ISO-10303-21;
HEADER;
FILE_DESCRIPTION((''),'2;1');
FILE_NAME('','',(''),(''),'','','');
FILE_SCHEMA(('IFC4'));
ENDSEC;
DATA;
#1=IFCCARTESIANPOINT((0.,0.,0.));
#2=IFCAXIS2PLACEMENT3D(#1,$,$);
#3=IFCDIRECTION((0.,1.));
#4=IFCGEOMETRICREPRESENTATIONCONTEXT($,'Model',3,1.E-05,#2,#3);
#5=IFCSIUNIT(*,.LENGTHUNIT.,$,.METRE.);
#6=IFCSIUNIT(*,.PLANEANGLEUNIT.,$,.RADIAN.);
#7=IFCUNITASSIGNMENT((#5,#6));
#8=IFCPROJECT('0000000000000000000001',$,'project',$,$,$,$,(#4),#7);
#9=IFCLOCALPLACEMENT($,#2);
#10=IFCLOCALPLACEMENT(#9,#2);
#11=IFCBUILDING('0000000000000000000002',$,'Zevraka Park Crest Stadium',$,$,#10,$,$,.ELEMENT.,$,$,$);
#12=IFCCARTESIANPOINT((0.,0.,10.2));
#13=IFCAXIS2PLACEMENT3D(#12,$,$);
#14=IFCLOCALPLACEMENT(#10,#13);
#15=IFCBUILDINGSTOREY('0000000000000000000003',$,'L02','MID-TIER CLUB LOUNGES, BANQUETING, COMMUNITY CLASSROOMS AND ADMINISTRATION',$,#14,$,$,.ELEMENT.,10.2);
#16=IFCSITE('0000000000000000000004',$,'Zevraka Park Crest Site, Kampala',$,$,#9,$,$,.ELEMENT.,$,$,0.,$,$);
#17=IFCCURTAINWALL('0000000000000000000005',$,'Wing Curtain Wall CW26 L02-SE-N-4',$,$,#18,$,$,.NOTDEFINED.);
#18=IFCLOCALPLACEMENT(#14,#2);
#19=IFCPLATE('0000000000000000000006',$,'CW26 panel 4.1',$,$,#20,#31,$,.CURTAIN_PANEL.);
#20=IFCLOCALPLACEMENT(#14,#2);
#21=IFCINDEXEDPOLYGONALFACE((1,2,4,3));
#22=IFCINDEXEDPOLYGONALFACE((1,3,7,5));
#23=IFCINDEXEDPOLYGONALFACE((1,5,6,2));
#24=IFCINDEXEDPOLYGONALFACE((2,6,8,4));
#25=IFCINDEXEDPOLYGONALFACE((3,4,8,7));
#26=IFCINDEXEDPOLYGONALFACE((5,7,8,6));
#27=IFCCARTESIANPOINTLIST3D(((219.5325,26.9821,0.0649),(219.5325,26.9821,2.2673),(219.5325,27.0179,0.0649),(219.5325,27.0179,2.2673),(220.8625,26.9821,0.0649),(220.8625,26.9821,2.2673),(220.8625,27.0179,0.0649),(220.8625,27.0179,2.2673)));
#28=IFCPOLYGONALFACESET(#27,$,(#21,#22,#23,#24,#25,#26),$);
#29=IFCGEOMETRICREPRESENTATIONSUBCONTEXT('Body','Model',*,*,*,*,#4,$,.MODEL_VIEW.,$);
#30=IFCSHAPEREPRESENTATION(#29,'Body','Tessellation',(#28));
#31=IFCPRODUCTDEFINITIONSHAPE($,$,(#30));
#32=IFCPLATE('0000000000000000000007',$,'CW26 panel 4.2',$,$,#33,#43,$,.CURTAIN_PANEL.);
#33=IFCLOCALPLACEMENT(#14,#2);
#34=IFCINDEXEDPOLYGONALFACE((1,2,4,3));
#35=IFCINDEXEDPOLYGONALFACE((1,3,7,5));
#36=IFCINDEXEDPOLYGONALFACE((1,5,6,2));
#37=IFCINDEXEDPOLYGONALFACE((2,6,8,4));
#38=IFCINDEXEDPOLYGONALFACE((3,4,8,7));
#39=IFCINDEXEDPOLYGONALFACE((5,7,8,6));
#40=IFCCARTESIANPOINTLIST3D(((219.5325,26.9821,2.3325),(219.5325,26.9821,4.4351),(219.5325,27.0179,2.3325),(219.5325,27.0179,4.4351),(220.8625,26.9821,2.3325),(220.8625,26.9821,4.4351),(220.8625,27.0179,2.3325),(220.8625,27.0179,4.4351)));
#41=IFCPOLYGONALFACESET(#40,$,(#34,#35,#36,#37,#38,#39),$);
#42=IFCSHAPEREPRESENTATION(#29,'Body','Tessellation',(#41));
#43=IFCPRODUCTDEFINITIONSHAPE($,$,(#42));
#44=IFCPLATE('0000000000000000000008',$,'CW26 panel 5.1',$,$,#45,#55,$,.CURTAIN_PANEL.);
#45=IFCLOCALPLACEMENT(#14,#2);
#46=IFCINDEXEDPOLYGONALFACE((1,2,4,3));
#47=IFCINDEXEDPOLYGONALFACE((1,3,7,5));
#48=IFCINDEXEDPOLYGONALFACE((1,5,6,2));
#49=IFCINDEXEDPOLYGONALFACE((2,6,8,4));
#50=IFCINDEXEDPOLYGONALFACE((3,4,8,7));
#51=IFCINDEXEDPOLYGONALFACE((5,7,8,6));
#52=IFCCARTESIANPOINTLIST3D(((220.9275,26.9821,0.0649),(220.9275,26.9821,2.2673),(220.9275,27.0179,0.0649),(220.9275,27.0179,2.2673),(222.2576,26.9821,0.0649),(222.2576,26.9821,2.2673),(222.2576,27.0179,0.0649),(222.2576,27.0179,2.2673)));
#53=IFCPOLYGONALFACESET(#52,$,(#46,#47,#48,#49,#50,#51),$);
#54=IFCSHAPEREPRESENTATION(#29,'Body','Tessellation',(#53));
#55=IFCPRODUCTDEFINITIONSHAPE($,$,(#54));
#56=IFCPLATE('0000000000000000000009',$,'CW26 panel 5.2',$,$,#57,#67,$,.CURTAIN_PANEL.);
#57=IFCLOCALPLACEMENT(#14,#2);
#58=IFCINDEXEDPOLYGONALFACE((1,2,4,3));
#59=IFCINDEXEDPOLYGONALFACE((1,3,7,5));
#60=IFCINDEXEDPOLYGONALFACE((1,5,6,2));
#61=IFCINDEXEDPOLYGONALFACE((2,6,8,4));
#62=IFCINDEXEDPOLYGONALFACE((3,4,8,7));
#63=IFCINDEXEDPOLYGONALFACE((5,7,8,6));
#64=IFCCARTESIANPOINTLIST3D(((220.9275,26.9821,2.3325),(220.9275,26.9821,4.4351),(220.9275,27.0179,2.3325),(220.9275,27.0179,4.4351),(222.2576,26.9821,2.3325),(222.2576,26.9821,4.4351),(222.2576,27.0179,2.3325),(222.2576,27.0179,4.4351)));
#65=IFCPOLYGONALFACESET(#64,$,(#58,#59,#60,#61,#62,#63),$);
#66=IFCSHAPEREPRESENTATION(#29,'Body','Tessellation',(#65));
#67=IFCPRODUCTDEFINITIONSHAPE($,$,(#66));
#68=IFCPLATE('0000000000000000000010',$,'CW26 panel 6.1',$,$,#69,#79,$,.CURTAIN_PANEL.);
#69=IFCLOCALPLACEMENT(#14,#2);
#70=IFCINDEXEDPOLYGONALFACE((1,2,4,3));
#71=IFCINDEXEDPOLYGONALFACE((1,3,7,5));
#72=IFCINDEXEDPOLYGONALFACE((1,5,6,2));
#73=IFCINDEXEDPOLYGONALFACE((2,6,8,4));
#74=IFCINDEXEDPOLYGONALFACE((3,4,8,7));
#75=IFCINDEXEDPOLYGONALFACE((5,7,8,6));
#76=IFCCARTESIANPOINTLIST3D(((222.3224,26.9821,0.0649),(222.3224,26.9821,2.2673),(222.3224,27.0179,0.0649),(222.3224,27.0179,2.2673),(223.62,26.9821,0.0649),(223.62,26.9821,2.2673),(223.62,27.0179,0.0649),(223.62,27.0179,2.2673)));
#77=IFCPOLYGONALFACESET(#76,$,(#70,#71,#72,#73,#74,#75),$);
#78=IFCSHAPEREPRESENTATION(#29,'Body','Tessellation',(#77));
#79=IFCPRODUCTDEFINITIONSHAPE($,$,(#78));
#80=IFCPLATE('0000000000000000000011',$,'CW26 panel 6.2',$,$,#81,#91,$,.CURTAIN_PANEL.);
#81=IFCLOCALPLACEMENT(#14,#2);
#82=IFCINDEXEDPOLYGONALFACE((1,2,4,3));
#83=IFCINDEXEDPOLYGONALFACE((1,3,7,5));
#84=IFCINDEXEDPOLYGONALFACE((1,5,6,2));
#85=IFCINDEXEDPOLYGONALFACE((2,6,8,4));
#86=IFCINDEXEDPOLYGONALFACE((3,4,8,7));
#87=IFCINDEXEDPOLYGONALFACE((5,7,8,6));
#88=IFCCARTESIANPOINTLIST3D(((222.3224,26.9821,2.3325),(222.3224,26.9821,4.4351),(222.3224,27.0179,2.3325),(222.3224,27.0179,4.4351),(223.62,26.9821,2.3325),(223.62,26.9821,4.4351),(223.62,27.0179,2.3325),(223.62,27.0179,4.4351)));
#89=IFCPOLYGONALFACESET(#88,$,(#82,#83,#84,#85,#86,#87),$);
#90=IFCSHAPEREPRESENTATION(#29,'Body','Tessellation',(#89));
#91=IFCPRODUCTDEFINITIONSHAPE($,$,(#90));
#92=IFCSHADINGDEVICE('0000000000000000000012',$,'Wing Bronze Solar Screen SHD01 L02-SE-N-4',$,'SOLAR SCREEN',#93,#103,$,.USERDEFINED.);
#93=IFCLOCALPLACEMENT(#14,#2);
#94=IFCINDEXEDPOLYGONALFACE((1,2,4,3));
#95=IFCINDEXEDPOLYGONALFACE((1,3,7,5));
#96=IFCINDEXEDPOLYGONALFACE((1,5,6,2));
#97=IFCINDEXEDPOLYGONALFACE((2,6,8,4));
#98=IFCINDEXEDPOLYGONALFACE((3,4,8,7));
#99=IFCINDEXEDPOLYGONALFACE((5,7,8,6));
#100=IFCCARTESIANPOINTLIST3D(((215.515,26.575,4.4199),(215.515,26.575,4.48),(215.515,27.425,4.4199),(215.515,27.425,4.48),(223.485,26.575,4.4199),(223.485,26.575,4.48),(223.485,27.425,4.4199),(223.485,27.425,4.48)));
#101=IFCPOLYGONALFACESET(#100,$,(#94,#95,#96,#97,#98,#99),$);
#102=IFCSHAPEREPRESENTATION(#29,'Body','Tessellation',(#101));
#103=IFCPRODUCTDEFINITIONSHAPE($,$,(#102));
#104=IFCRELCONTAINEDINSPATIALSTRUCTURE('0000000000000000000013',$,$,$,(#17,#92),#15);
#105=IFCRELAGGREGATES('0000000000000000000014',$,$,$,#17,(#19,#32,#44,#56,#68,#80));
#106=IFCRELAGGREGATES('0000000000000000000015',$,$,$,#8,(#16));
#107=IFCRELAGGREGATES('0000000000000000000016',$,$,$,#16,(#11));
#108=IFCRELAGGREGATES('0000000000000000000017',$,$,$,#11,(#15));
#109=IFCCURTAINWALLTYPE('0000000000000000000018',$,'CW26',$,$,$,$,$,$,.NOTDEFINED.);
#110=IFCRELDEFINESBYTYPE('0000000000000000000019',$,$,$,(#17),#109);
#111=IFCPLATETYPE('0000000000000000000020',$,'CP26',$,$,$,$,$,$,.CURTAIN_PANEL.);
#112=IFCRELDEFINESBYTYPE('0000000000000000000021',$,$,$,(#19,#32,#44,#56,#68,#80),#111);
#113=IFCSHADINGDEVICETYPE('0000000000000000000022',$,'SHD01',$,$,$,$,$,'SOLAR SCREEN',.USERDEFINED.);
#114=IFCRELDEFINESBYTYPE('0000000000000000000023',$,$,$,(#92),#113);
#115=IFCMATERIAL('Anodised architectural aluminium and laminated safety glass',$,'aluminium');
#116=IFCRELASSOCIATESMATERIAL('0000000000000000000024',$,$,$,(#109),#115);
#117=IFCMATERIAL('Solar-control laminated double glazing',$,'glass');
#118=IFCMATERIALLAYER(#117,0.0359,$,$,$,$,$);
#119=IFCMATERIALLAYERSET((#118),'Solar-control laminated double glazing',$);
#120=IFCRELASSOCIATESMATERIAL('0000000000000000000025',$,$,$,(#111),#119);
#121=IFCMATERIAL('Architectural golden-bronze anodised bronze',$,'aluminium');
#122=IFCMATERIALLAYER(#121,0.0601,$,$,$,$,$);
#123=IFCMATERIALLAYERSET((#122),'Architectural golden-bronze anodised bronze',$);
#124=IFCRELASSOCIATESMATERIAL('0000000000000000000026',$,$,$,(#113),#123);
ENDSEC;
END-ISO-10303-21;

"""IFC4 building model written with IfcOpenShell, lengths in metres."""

from ifc_helpers import new_model, si_unit, direction, frame, origin, origin_2d, place, context, subcontext, project, spatial, rectangle, extrude, material, layer, layer_set, type_object, element, aggregate, save


model = new_model("IFC4")

# Units and contexts
model_context = context("Model", 3, precision=1e-05, world=origin(), true_north=direction((0.0, 1.0)))
body_context = subcontext(model_context, "Body", "Model", "MODEL_VIEW")
ifc_project = project(units=[si_unit("LENGTHUNIT", "METRE"), si_unit("PLANEANGLEUNIT", "RADIAN")], contexts=[model_context])

# Site, building, storey
site_placement = place(None, origin())
site = spatial("IfcSite", under=ifc_project, at=site_placement, Name="Zevraka Park Crest Site, Kampala", CompositionType="ELEMENT", RefElevation=0.0)
building_placement = place(site_placement, origin())
building = spatial("IfcBuilding", under=site, at=building_placement, Name="Zevraka Park Crest Stadium", CompositionType="ELEMENT")
storey_placement = place(building_placement, frame((0.0, 0.0, 10.2)))
storey = spatial("IfcBuildingStorey", under=building, at=storey_placement, Name="L02", Description="MID-TIER CLUB LOUNGES, BANQUETING, COMMUNITY CLASSROOMS AND ADMINISTRATION", CompositionType="ELEMENT", Elevation=10.2)

# Curtain wall, plates
ifc_material_1 = material(Name="Anodised architectural aluminium and laminated safety glass", Category="aluminium")
curtain_wall_type = type_object("IfcCurtainWallType", Name="CW26", PredefinedType="NOTDEFINED", material=ifc_material_1)
curtain_wall_placement = place(storey_placement, origin())
curtain_wall = element("IfcCurtainWall", 1, at=curtain_wall_placement, inside=storey, type_object=curtain_wall_type, Name="Wing Curtain Wall CW26 L02-SE-N-4", PredefinedType="NOTDEFINED")
ifc_material_2 = material(Name="Solar-control laminated double glazing", Category="glass")
ifc_layer_1 = layer(ifc_material_2, 0.0359)
ifc_layer_set_1 = layer_set([ifc_layer_1], Name="Solar-control laminated double glazing")
plate_type = type_object("IfcPlateType", Name="CP26", PredefinedType="CURTAIN_PANEL", material=ifc_layer_set_1)
plate_1_placement = place(storey_placement, frame((220.1975, 27.0, 0.0649), z_axis=(0.0, 0.0, 1.0), x_axis=(1.0, 0.0, 0.0)))
plate_1 = element("IfcPlate", 2, at=plate_1_placement, type_object=plate_type, Name="CW26 panel 4.1", PredefinedType="CURTAIN_PANEL", context=body_context, shape_type="SweptSolid", body=[
    extrude(rectangle(XDim=1.3301, YDim=0.0359, at=origin_2d()), origin(), (0.0, 0.0, 1.0), 2.2024),
])
plate_2_placement = place(storey_placement, frame((220.1975, 27.0, 2.3325), z_axis=(0.0, 0.0, 1.0), x_axis=(1.0, 0.0, 0.0)))
plate_2 = element("IfcPlate", 3, at=plate_2_placement, type_object=plate_type, Name="CW26 panel 4.2", PredefinedType="CURTAIN_PANEL", context=body_context, shape_type="SweptSolid", body=[
    extrude(rectangle(XDim=1.3301, YDim=0.0359, at=origin_2d()), origin(), (0.0, 0.0, 1.0), 2.1025),
])
plate_3_placement = place(storey_placement, frame((221.5925, 27.0, 0.0649), z_axis=(0.0, 0.0, 1.0), x_axis=(1.0, 0.0, 0.0)))
plate_3 = element("IfcPlate", 4, at=plate_3_placement, type_object=plate_type, Name="CW26 panel 5.1", PredefinedType="CURTAIN_PANEL", context=body_context, shape_type="SweptSolid", body=[
    extrude(rectangle(XDim=1.3301, YDim=0.0359, at=origin_2d()), origin(), (0.0, 0.0, 1.0), 2.2024),
])
plate_4_placement = place(storey_placement, frame((221.5925, 27.0, 2.3325), z_axis=(0.0, 0.0, 1.0), x_axis=(1.0, 0.0, 0.0)))
plate_4 = element("IfcPlate", 5, at=plate_4_placement, type_object=plate_type, Name="CW26 panel 5.2", PredefinedType="CURTAIN_PANEL", context=body_context, shape_type="SweptSolid", body=[
    extrude(rectangle(XDim=1.3301, YDim=0.0359, at=origin_2d()), origin(), (0.0, 0.0, 1.0), 2.1025),
])
plate_5_placement = place(storey_placement, frame((222.9712, 27.0, 0.0649), z_axis=(0.0, 0.0, 1.0), x_axis=(1.0, 0.0, 0.0)))
plate_5 = element("IfcPlate", 6, at=plate_5_placement, type_object=plate_type, Name="CW26 panel 6.1", PredefinedType="CURTAIN_PANEL", context=body_context, shape_type="SweptSolid", body=[
    extrude(rectangle(XDim=1.2976, YDim=0.0359, at=origin_2d()), origin(), (0.0, 0.0, 1.0), 2.2024),
])
plate_6_placement = place(storey_placement, frame((222.9712, 27.0, 2.3325), z_axis=(0.0, 0.0, 1.0), x_axis=(1.0, 0.0, 0.0)))
plate_6 = element("IfcPlate", 7, at=plate_6_placement, type_object=plate_type, Name="CW26 panel 6.2", PredefinedType="CURTAIN_PANEL", context=body_context, shape_type="SweptSolid", body=[
    extrude(rectangle(XDim=1.2976, YDim=0.0359, at=origin_2d()), origin(), (0.0, 0.0, 1.0), 2.1025),
])
aggregate(curtain_wall, [plate_1, plate_2, plate_3, plate_4, plate_5, plate_6])

# Shading device
ifc_material_3 = material(Name="Architectural golden-bronze anodised bronze", Category="aluminium")
ifc_layer_2 = layer(ifc_material_3, 0.0601)
ifc_layer_set_2 = layer_set([ifc_layer_2], Name="Architectural golden-bronze anodised bronze")
shading_device_type = type_object("IfcShadingDeviceType", Name="SHD01", ElementType="SOLAR SCREEN", PredefinedType="USERDEFINED", material=ifc_layer_set_2)
shading_device_placement = place(storey_placement, frame((219.5, 27.0, 4.4199), z_axis=(0.0, 0.0, 1.0), x_axis=(1.0, 0.0, 0.0)))
element("IfcShadingDevice", 8, at=shading_device_placement, inside=storey, type_object=shading_device_type, Name="Wing Bronze Solar Screen SHD01 L02-SE-N-4", ObjectType="SOLAR SCREEN", PredefinedType="USERDEFINED", context=body_context, shape_type="SweptSolid", body=[
    extrude(rectangle(XDim=7.97, YDim=0.8501, at=origin_2d()), origin(), (0.0, 0.0, 1.0), 0.0601),
])

save(model, "model.ifc")
